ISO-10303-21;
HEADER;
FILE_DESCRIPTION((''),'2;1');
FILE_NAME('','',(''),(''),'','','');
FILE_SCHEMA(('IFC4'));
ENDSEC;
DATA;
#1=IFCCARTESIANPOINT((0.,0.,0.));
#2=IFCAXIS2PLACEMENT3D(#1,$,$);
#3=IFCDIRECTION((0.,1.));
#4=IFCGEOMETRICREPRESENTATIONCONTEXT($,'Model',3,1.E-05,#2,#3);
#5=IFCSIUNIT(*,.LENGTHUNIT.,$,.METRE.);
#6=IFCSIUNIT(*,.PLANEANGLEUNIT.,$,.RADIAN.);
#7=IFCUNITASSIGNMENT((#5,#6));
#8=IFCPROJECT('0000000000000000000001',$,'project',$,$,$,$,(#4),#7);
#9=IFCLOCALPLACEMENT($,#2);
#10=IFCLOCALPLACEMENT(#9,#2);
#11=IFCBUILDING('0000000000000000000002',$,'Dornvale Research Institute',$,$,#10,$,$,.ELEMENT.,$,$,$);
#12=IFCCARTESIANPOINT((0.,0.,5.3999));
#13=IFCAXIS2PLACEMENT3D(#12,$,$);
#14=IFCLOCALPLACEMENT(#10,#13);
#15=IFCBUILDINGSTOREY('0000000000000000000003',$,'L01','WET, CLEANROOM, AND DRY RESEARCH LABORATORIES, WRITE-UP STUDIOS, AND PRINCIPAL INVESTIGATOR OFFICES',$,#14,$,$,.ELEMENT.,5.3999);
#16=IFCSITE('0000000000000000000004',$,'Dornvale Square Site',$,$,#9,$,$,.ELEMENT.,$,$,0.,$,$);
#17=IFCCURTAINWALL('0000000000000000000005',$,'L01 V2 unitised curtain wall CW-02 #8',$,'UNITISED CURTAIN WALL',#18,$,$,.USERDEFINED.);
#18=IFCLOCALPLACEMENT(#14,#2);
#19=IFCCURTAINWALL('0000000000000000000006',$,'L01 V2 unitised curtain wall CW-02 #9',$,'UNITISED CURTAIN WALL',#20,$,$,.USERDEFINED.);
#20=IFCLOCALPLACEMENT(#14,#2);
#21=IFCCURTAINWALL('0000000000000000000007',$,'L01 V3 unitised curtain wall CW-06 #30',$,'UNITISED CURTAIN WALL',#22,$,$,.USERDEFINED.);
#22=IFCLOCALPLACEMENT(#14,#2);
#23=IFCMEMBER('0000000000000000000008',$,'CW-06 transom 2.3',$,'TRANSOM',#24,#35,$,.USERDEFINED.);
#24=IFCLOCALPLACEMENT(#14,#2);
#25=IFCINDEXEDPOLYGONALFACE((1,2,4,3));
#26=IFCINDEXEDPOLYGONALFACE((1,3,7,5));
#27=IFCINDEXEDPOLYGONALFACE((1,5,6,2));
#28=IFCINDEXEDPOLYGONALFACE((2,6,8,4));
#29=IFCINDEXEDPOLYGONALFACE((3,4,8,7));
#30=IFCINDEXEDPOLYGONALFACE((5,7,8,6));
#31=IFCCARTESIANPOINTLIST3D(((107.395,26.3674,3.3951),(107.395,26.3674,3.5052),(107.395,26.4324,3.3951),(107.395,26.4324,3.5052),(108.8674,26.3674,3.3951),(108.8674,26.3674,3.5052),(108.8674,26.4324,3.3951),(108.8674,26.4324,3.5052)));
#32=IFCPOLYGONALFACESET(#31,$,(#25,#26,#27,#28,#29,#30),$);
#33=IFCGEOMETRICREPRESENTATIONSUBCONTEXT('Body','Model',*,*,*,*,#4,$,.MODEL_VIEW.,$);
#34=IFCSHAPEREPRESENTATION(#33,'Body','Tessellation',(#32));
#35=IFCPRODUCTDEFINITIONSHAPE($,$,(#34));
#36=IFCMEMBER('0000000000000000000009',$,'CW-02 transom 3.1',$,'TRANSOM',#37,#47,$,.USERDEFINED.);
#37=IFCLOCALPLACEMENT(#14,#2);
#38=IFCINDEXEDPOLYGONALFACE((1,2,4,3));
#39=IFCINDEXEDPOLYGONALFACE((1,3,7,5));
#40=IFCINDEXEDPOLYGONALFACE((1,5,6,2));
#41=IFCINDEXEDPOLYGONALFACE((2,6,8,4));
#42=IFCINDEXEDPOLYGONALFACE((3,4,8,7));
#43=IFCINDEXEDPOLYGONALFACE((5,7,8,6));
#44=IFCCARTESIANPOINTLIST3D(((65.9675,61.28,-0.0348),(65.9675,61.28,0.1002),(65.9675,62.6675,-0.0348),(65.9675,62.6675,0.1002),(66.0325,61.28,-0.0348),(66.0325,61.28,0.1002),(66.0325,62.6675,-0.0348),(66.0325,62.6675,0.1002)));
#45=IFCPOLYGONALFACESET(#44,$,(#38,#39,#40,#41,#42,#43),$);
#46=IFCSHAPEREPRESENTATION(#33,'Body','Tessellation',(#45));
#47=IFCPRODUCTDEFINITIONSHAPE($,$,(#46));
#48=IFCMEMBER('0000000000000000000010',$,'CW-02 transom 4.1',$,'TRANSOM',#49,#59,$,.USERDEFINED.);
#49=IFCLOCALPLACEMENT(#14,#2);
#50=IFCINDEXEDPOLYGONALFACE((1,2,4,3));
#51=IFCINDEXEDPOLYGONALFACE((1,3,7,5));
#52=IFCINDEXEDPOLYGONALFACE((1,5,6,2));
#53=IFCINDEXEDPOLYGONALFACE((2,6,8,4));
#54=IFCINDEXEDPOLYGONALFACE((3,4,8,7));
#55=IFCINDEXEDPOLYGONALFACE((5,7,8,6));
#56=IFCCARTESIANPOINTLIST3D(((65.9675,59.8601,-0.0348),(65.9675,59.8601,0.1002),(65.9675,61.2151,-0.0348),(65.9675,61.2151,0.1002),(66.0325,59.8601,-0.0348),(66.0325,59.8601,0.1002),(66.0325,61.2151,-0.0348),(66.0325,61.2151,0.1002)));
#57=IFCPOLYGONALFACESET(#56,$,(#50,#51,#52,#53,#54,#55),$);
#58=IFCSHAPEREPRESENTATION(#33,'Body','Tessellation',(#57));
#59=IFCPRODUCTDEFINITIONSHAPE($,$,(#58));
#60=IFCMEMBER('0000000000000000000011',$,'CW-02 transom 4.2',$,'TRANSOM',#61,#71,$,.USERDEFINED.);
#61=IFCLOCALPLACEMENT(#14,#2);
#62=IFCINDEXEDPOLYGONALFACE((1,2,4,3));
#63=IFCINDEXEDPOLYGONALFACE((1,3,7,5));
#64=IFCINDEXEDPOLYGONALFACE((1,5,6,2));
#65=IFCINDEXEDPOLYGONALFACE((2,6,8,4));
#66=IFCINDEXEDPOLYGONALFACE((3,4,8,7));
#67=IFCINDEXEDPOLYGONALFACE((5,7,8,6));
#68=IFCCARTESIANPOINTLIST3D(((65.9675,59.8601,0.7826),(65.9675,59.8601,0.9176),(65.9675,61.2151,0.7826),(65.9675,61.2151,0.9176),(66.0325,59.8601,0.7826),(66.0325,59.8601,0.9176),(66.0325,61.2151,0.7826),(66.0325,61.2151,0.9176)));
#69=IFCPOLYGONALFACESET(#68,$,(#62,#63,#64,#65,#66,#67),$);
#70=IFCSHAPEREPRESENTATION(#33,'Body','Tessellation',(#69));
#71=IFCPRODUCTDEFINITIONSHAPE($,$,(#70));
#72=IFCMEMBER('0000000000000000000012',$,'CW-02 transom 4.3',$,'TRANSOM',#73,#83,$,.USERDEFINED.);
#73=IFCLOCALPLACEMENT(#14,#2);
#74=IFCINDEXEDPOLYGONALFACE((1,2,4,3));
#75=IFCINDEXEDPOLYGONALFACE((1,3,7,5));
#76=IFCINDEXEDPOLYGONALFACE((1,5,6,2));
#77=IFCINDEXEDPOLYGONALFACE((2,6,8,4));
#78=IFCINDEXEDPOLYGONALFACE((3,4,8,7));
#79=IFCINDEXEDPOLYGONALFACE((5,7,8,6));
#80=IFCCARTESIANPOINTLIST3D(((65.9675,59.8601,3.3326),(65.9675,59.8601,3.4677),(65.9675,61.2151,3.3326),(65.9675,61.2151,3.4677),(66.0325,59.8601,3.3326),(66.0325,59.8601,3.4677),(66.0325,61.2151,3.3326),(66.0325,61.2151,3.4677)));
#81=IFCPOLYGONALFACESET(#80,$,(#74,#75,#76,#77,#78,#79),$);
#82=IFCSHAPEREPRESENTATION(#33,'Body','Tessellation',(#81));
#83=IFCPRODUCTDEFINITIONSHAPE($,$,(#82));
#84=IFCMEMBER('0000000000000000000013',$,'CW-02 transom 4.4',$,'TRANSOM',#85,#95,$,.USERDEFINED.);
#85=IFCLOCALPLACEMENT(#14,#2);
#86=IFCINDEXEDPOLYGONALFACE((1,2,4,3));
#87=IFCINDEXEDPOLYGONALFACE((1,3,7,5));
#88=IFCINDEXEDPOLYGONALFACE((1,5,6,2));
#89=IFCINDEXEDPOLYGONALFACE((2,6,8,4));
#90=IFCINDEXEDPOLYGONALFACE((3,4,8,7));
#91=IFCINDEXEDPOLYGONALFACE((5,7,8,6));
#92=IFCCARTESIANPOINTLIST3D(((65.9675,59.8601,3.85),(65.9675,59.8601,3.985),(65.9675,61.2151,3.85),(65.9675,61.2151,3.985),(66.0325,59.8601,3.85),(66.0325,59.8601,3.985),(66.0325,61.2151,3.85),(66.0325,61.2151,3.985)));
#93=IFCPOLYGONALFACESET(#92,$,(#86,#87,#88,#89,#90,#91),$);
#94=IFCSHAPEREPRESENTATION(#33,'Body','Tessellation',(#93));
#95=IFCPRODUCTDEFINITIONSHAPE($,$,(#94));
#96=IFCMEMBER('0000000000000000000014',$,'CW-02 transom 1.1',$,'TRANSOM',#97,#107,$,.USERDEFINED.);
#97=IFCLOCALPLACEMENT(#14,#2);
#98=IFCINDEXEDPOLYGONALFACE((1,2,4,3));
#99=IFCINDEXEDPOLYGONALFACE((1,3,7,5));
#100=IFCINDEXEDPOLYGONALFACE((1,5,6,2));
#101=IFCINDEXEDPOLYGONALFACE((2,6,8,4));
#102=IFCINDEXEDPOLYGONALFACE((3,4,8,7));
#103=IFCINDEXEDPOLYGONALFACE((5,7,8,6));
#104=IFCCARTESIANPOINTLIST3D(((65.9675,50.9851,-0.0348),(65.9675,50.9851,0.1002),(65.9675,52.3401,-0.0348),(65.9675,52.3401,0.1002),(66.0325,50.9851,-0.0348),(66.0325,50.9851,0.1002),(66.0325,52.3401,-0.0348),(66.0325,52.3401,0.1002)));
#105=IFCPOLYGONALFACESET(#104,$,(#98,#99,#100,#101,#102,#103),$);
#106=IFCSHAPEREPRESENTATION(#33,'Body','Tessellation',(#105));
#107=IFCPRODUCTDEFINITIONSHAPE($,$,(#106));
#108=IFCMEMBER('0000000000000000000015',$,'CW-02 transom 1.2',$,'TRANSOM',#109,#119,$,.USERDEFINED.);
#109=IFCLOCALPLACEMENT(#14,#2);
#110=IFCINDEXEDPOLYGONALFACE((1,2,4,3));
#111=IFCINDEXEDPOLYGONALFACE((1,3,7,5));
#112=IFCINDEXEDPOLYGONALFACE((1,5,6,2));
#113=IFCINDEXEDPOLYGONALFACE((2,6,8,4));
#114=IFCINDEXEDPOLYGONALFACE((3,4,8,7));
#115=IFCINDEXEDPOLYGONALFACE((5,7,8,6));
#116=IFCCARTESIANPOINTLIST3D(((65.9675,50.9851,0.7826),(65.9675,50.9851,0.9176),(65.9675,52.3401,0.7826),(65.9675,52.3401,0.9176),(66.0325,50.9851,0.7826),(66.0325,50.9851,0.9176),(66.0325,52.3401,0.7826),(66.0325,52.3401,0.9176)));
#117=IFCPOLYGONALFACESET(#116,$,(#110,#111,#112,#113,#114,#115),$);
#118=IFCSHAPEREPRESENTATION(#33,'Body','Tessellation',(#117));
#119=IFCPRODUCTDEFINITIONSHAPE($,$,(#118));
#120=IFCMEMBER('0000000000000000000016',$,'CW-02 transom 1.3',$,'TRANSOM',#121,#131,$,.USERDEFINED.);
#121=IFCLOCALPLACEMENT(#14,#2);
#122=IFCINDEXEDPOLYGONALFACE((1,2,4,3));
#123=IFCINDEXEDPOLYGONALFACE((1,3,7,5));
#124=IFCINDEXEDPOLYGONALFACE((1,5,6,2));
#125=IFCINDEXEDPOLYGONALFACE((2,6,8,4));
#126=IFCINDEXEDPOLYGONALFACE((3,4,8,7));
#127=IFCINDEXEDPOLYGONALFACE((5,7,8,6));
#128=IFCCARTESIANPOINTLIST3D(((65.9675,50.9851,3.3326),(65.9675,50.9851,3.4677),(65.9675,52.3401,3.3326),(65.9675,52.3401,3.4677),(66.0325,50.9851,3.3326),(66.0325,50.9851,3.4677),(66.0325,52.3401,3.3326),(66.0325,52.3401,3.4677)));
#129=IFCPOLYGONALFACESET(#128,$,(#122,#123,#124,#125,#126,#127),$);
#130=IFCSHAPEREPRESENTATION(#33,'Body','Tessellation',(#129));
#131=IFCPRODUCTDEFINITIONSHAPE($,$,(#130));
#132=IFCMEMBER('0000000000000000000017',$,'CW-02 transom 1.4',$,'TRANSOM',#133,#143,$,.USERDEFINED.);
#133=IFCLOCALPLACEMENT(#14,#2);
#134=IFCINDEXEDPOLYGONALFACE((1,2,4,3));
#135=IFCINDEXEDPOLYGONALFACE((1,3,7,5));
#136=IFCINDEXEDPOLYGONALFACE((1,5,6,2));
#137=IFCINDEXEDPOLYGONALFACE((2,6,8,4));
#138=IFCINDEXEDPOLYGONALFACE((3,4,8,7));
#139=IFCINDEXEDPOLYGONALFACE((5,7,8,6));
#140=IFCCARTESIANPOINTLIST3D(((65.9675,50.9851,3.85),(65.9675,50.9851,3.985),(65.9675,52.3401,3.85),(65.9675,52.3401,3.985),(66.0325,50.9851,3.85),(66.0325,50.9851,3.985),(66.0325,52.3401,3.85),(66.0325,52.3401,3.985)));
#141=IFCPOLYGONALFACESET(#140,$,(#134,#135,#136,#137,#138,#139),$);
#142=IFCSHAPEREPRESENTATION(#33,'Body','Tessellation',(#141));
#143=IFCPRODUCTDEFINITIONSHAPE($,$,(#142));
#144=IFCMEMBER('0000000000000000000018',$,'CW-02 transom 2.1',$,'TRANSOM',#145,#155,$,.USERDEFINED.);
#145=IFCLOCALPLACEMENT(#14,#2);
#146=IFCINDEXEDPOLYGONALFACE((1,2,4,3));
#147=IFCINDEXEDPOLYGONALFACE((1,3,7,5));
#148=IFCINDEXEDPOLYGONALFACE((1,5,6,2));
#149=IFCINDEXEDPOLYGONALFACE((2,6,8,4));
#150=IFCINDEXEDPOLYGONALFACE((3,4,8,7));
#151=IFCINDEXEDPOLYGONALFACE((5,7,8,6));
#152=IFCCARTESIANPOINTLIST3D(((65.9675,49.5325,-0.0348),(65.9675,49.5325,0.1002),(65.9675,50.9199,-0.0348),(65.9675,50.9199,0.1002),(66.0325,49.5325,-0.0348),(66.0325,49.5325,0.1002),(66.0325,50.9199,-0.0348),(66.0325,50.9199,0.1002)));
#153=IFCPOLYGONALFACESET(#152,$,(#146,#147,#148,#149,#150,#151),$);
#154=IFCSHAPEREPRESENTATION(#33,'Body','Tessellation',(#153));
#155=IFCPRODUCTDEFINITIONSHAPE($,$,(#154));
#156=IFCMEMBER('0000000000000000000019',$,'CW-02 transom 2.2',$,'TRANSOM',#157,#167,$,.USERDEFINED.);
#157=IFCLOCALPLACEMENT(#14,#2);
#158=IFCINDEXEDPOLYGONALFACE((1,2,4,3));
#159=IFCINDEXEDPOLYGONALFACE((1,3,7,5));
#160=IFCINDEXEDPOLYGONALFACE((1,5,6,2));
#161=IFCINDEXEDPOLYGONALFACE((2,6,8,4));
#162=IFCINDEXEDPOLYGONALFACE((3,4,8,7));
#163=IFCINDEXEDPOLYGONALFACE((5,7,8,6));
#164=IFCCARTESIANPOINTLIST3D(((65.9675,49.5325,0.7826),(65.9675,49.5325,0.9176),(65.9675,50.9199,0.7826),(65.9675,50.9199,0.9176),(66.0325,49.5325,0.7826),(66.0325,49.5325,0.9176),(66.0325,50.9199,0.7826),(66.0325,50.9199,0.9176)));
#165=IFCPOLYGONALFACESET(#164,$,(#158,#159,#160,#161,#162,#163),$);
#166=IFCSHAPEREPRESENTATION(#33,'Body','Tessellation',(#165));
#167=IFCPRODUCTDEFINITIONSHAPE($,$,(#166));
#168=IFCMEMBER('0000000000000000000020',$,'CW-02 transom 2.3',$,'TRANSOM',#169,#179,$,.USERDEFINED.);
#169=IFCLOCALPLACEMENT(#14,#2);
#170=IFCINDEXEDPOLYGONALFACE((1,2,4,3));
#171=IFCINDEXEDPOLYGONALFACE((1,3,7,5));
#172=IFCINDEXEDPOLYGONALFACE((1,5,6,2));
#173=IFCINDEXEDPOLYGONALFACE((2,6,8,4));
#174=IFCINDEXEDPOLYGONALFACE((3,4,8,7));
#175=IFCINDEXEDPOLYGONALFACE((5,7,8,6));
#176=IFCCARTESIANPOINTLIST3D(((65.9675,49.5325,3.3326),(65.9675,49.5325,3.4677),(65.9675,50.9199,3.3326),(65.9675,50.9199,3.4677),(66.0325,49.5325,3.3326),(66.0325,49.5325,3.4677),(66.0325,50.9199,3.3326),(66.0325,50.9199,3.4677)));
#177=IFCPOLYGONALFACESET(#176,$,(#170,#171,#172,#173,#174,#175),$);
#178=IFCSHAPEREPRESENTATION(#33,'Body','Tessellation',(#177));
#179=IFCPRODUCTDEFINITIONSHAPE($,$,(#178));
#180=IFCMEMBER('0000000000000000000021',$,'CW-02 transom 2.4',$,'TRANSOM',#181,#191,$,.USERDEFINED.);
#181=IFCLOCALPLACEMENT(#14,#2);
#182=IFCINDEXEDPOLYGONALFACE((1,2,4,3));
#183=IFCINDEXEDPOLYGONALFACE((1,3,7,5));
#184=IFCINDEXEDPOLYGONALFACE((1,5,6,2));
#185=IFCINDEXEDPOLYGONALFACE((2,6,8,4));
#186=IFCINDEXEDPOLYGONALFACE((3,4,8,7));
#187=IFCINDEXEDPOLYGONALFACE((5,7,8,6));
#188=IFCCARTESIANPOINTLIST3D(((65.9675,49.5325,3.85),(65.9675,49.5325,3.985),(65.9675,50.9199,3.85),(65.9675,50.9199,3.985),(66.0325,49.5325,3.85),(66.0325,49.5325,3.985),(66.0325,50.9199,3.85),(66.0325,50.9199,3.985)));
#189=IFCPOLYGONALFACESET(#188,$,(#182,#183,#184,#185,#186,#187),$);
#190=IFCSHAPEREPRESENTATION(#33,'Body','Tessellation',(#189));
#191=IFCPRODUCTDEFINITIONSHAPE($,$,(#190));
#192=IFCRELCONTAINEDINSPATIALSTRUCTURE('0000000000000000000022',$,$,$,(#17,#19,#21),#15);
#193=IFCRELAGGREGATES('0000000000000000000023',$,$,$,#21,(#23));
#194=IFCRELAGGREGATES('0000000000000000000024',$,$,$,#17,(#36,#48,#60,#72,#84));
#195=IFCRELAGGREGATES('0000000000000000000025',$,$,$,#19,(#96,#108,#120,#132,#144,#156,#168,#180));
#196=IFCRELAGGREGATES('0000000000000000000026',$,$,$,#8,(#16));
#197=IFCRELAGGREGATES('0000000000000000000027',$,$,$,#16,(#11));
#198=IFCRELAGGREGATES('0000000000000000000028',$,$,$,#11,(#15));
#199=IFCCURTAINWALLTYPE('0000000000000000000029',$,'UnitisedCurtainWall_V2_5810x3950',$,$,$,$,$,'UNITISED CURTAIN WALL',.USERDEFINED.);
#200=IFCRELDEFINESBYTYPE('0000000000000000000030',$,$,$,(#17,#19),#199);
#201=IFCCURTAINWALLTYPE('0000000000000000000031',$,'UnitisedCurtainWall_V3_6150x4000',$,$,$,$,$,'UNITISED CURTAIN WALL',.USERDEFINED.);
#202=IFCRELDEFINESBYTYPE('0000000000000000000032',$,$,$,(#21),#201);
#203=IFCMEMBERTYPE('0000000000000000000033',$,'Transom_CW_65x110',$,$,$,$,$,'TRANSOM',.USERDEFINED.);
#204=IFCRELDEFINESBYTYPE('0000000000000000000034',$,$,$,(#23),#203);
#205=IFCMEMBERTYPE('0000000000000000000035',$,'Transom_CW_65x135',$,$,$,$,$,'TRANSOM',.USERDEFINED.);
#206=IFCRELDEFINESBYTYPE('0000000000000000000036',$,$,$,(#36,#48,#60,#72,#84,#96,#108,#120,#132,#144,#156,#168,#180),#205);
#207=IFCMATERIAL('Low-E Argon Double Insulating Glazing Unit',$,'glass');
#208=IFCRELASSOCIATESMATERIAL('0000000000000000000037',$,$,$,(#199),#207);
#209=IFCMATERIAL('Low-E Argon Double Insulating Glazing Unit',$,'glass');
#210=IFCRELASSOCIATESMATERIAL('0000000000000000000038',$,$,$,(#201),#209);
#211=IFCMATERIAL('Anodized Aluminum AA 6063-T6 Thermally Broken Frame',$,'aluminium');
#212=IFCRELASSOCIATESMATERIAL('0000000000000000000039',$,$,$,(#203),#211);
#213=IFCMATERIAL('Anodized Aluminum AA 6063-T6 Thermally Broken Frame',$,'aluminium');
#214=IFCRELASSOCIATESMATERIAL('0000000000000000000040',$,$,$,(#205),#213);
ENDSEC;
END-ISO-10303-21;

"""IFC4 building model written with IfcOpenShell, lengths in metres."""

from ifc_helpers import new_model, si_unit, direction, frame, origin, origin_2d, place, context, subcontext, project, spatial, rectangle, extrude, material, material_profile, profile_set, type_object, element, aggregate, save


model = new_model("IFC4")

# Units and contexts
model_context = context("Model", 3, precision=1e-05, world=origin(), true_north=direction((0.0, 1.0)))
body_context = subcontext(model_context, "Body", "Model", "MODEL_VIEW")
ifc_project = project(units=[si_unit("LENGTHUNIT", "METRE"), si_unit("PLANEANGLEUNIT", "RADIAN")], contexts=[model_context])

# Site, building, storey
site_placement = place(None, origin())
site = spatial("IfcSite", under=ifc_project, at=site_placement, Name="Dornvale Square Site", CompositionType="ELEMENT", RefElevation=0.0)
building_placement = place(site_placement, origin())
building = spatial("IfcBuilding", under=site, at=building_placement, Name="Dornvale Research Institute", CompositionType="ELEMENT")
storey_placement = place(building_placement, frame((0.0, 0.0, 5.3999)))
storey = spatial("IfcBuildingStorey", under=building, at=storey_placement, Name="L01", Description="WET, CLEANROOM, AND DRY RESEARCH LABORATORIES, WRITE-UP STUDIOS, AND PRINCIPAL INVESTIGATOR OFFICES", CompositionType="ELEMENT", Elevation=5.3999)

# Curtain walls
ifc_material_1 = material(Name="Low-E Argon Double Insulating Glazing Unit", Category="glass")
curtain_wall_type_1 = type_object("IfcCurtainWallType", Name="UnitisedCurtainWall_V2_5810x3950", ElementType="UNITISED CURTAIN WALL", PredefinedType="USERDEFINED", material=ifc_material_1)
curtain_wall_1_placement = place(storey_placement, origin())
curtain_wall_1 = element("IfcCurtainWall", 1, at=curtain_wall_1_placement, inside=storey, type_object=curtain_wall_type_1, Name="L01 V2 unitised curtain wall CW-02 #8", ObjectType="UNITISED CURTAIN WALL", PredefinedType="USERDEFINED")
curtain_wall_2_placement = place(storey_placement, origin())
curtain_wall_2 = element("IfcCurtainWall", 2, at=curtain_wall_2_placement, inside=storey, type_object=curtain_wall_type_1, Name="L01 V2 unitised curtain wall CW-02 #9", ObjectType="UNITISED CURTAIN WALL", PredefinedType="USERDEFINED")

# Curtain wall, member
ifc_material_2 = material(Name="Low-E Argon Double Insulating Glazing Unit", Category="glass")
curtain_wall_type_2 = type_object("IfcCurtainWallType", Name="UnitisedCurtainWall_V3_6150x4000", ElementType="UNITISED CURTAIN WALL", PredefinedType="USERDEFINED", material=ifc_material_2)
curtain_wall_3_placement = place(storey_placement, origin())
curtain_wall_3 = element("IfcCurtainWall", 3, at=curtain_wall_3_placement, inside=storey, type_object=curtain_wall_type_2, Name="L01 V3 unitised curtain wall CW-06 #30", ObjectType="UNITISED CURTAIN WALL", PredefinedType="USERDEFINED")
ifc_material_3 = material(Name="Anodized Aluminum AA 6063-T6 Thermally Broken Frame", Category="aluminium")
ifc_material_profile_1 = material_profile(ifc_material_3, rectangle(XDim=0.0649, YDim=0.1101, at=origin_2d()), Name="ALU TRANSOM 65x110")
ifc_profile_set_1 = profile_set([ifc_material_profile_1], Name="Anodized Aluminum AA 6063-T6 Thermally Broken Frame")
member_type_1 = type_object("IfcMemberType", Name="Transom_CW_65x110", ElementType="TRANSOM", PredefinedType="USERDEFINED", material=ifc_profile_set_1)
member_1_placement = place(storey_placement, frame((107.395, 26.3999, 3.4502), z_axis=(1.0, 0.0, 0.0), x_axis=(0.0, 1.0, 0.0)))
member_1 = element("IfcMember", 4, at=member_1_placement, type_object=member_type_1, Name="CW-06 transom 2.3", ObjectType="TRANSOM", PredefinedType="USERDEFINED", context=body_context, shape_type="SweptSolid", body=[
    extrude(rectangle(XDim=0.0649, YDim=0.1101, at=origin_2d()), origin(), (0.0, 0.0, 1.0), 1.4724),
])
aggregate(curtain_wall_3, [member_1])

# Members
ifc_material_4 = material(Name="Anodized Aluminum AA 6063-T6 Thermally Broken Frame", Category="aluminium")
ifc_material_profile_2 = material_profile(ifc_material_4, rectangle(XDim=0.0649, YDim=0.135, at=origin_2d()), Name="ALU TRANSOM 65x135")
ifc_profile_set_2 = profile_set([ifc_material_profile_2], Name="Anodized Aluminum AA 6063-T6 Thermally Broken Frame")
member_type_2 = type_object("IfcMemberType", Name="Transom_CW_65x135", ElementType="TRANSOM", PredefinedType="USERDEFINED", material=ifc_profile_set_2)
member_2_placement = place(storey_placement, frame((66.0, 62.6675, 0.0327), z_axis=(0.0, -1.0, 0.0), x_axis=(1.0, 0.0, 0.0)))
member_2 = element("IfcMember", 5, at=member_2_placement, type_object=member_type_2, Name="CW-02 transom 3.1", ObjectType="TRANSOM", PredefinedType="USERDEFINED", context=body_context, shape_type="SweptSolid", body=[
    extrude(rectangle(XDim=0.0649, YDim=0.135, at=origin_2d()), origin(), (0.0, 0.0, 1.0), 1.3875),
])
member_3_placement = place(storey_placement, frame((66.0, 61.2151, 0.0327), z_axis=(0.0, -1.0, 0.0), x_axis=(1.0, 0.0, 0.0)))
member_3 = element("IfcMember", 6, at=member_3_placement, type_object=member_type_2, Name="CW-02 transom 4.1", ObjectType="TRANSOM", PredefinedType="USERDEFINED", context=body_context, shape_type="SweptSolid", body=[
    extrude(rectangle(XDim=0.0649, YDim=0.135, at=origin_2d()), origin(), (0.0, 0.0, 1.0), 1.355),
])
member_4_placement = place(storey_placement, frame((66.0, 61.2151, 0.8501), z_axis=(0.0, -1.0, 0.0), x_axis=(1.0, 0.0, 0.0)))
member_4 = element("IfcMember", 7, at=member_4_placement, type_object=member_type_2, Name="CW-02 transom 4.2", ObjectType="TRANSOM", PredefinedType="USERDEFINED", context=body_context, shape_type="SweptSolid", body=[
    extrude(rectangle(XDim=0.0649, YDim=0.135, at=origin_2d()), origin(), (0.0, 0.0, 1.0), 1.355),
])
member_5_placement = place(storey_placement, frame((66.0, 61.2151, 3.4001), z_axis=(0.0, -1.0, 0.0), x_axis=(1.0, 0.0, 0.0)))
member_5 = element("IfcMember", 8, at=member_5_placement, type_object=member_type_2, Name="CW-02 transom 4.3", ObjectType="TRANSOM", PredefinedType="USERDEFINED", context=body_context, shape_type="SweptSolid", body=[
    extrude(rectangle(XDim=0.0649, YDim=0.135, at=origin_2d()), origin(), (0.0, 0.0, 1.0), 1.355),
])
member_6_placement = place(storey_placement, frame((66.0, 61.2151, 3.9175), z_axis=(0.0, -1.0, 0.0), x_axis=(1.0, 0.0, 0.0)))
member_6 = element("IfcMember", 9, at=member_6_placement, type_object=member_type_2, Name="CW-02 transom 4.4", ObjectType="TRANSOM", PredefinedType="USERDEFINED", context=body_context, shape_type="SweptSolid", body=[
    extrude(rectangle(XDim=0.0649, YDim=0.135, at=origin_2d()), origin(), (0.0, 0.0, 1.0), 1.355),
])
member_7_placement = place(storey_placement, frame((66.0, 52.3401, 0.0327), z_axis=(0.0, -1.0, 0.0), x_axis=(1.0, 0.0, 0.0)))
member_7 = element("IfcMember", 10, at=member_7_placement, type_object=member_type_2, Name="CW-02 transom 1.1", ObjectType="TRANSOM", PredefinedType="USERDEFINED", context=body_context, shape_type="SweptSolid", body=[
    extrude(rectangle(XDim=0.0649, YDim=0.135, at=origin_2d()), origin(), (0.0, 0.0, 1.0), 1.355),
])
member_8_placement = place(storey_placement, frame((66.0, 52.3401, 0.8501), z_axis=(0.0, -1.0, 0.0), x_axis=(1.0, 0.0, 0.0)))
member_8 = element("IfcMember", 11, at=member_8_placement, type_object=member_type_2, Name="CW-02 transom 1.2", ObjectType="TRANSOM", PredefinedType="USERDEFINED", context=body_context, shape_type="SweptSolid", body=[
    extrude(rectangle(XDim=0.0649, YDim=0.135, at=origin_2d()), origin(), (0.0, 0.0, 1.0), 1.355),
])
member_9_placement = place(storey_placement, frame((66.0, 52.3401, 3.4001), z_axis=(0.0, -1.0, 0.0), x_axis=(1.0, 0.0, 0.0)))
member_9 = element("IfcMember", 12, at=member_9_placement, type_object=member_type_2, Name="CW-02 transom 1.3", ObjectType="TRANSOM", PredefinedType="USERDEFINED", context=body_context, shape_type="SweptSolid", body=[
    extrude(rectangle(XDim=0.0649, YDim=0.135, at=origin_2d()), origin(), (0.0, 0.0, 1.0), 1.355),
])
member_10_placement = place(storey_placement, frame((66.0, 52.3401, 3.9175), z_axis=(0.0, -1.0, 0.0), x_axis=(1.0, 0.0, 0.0)))
member_10 = element("IfcMember", 13, at=member_10_placement, type_object=member_type_2, Name="CW-02 transom 1.4", ObjectType="TRANSOM", PredefinedType="USERDEFINED", context=body_context, shape_type="SweptSolid", body=[
    extrude(rectangle(XDim=0.0649, YDim=0.135, at=origin_2d()), origin(), (0.0, 0.0, 1.0), 1.355),
])
member_11_placement = place(storey_placement, frame((66.0, 50.9199, 0.0327), z_axis=(0.0, -1.0, 0.0), x_axis=(1.0, 0.0, 0.0)))
member_11 = element("IfcMember", 14, at=member_11_placement, type_object=member_type_2, Name="CW-02 transom 2.1", ObjectType="TRANSOM", PredefinedType="USERDEFINED", context=body_context, shape_type="SweptSolid", body=[
    extrude(rectangle(XDim=0.0649, YDim=0.135, at=origin_2d()), origin(), (0.0, 0.0, 1.0), 1.3875),
])
member_12_placement = place(storey_placement, frame((66.0, 50.9199, 0.8501), z_axis=(0.0, -1.0, 0.0), x_axis=(1.0, 0.0, 0.0)))
member_12 = element("IfcMember", 15, at=member_12_placement, type_object=member_type_2, Name="CW-02 transom 2.2", ObjectType="TRANSOM", PredefinedType="USERDEFINED", context=body_context, shape_type="SweptSolid", body=[
    extrude(rectangle(XDim=0.0649, YDim=0.135, at=origin_2d()), origin(), (0.0, 0.0, 1.0), 1.3875),
])
member_13_placement = place(storey_placement, frame((66.0, 50.9199, 3.4001), z_axis=(0.0, -1.0, 0.0), x_axis=(1.0, 0.0, 0.0)))
member_13 = element("IfcMember", 16, at=member_13_placement, type_object=member_type_2, Name="CW-02 transom 2.3", ObjectType="TRANSOM", PredefinedType="USERDEFINED", context=body_context, shape_type="SweptSolid", body=[
    extrude(rectangle(XDim=0.0649, YDim=0.135, at=origin_2d()), origin(), (0.0, 0.0, 1.0), 1.3875),
])
member_14_placement = place(storey_placement, frame((66.0, 50.9199, 3.9175), z_axis=(0.0, -1.0, 0.0), x_axis=(1.0, 0.0, 0.0)))
member_14 = element("IfcMember", 17, at=member_14_placement, type_object=member_type_2, Name="CW-02 transom 2.4", ObjectType="TRANSOM", PredefinedType="USERDEFINED", context=body_context, shape_type="SweptSolid", body=[
    extrude(rectangle(XDim=0.0649, YDim=0.135, at=origin_2d()), origin(), (0.0, 0.0, 1.0), 1.3875),
])

aggregate(curtain_wall_1, [member_2, member_3, member_4, member_5, member_6])
aggregate(curtain_wall_2, [member_7, member_8, member_9, member_10, member_11, member_12, member_13, member_14])

save(model, "model.ifc")
